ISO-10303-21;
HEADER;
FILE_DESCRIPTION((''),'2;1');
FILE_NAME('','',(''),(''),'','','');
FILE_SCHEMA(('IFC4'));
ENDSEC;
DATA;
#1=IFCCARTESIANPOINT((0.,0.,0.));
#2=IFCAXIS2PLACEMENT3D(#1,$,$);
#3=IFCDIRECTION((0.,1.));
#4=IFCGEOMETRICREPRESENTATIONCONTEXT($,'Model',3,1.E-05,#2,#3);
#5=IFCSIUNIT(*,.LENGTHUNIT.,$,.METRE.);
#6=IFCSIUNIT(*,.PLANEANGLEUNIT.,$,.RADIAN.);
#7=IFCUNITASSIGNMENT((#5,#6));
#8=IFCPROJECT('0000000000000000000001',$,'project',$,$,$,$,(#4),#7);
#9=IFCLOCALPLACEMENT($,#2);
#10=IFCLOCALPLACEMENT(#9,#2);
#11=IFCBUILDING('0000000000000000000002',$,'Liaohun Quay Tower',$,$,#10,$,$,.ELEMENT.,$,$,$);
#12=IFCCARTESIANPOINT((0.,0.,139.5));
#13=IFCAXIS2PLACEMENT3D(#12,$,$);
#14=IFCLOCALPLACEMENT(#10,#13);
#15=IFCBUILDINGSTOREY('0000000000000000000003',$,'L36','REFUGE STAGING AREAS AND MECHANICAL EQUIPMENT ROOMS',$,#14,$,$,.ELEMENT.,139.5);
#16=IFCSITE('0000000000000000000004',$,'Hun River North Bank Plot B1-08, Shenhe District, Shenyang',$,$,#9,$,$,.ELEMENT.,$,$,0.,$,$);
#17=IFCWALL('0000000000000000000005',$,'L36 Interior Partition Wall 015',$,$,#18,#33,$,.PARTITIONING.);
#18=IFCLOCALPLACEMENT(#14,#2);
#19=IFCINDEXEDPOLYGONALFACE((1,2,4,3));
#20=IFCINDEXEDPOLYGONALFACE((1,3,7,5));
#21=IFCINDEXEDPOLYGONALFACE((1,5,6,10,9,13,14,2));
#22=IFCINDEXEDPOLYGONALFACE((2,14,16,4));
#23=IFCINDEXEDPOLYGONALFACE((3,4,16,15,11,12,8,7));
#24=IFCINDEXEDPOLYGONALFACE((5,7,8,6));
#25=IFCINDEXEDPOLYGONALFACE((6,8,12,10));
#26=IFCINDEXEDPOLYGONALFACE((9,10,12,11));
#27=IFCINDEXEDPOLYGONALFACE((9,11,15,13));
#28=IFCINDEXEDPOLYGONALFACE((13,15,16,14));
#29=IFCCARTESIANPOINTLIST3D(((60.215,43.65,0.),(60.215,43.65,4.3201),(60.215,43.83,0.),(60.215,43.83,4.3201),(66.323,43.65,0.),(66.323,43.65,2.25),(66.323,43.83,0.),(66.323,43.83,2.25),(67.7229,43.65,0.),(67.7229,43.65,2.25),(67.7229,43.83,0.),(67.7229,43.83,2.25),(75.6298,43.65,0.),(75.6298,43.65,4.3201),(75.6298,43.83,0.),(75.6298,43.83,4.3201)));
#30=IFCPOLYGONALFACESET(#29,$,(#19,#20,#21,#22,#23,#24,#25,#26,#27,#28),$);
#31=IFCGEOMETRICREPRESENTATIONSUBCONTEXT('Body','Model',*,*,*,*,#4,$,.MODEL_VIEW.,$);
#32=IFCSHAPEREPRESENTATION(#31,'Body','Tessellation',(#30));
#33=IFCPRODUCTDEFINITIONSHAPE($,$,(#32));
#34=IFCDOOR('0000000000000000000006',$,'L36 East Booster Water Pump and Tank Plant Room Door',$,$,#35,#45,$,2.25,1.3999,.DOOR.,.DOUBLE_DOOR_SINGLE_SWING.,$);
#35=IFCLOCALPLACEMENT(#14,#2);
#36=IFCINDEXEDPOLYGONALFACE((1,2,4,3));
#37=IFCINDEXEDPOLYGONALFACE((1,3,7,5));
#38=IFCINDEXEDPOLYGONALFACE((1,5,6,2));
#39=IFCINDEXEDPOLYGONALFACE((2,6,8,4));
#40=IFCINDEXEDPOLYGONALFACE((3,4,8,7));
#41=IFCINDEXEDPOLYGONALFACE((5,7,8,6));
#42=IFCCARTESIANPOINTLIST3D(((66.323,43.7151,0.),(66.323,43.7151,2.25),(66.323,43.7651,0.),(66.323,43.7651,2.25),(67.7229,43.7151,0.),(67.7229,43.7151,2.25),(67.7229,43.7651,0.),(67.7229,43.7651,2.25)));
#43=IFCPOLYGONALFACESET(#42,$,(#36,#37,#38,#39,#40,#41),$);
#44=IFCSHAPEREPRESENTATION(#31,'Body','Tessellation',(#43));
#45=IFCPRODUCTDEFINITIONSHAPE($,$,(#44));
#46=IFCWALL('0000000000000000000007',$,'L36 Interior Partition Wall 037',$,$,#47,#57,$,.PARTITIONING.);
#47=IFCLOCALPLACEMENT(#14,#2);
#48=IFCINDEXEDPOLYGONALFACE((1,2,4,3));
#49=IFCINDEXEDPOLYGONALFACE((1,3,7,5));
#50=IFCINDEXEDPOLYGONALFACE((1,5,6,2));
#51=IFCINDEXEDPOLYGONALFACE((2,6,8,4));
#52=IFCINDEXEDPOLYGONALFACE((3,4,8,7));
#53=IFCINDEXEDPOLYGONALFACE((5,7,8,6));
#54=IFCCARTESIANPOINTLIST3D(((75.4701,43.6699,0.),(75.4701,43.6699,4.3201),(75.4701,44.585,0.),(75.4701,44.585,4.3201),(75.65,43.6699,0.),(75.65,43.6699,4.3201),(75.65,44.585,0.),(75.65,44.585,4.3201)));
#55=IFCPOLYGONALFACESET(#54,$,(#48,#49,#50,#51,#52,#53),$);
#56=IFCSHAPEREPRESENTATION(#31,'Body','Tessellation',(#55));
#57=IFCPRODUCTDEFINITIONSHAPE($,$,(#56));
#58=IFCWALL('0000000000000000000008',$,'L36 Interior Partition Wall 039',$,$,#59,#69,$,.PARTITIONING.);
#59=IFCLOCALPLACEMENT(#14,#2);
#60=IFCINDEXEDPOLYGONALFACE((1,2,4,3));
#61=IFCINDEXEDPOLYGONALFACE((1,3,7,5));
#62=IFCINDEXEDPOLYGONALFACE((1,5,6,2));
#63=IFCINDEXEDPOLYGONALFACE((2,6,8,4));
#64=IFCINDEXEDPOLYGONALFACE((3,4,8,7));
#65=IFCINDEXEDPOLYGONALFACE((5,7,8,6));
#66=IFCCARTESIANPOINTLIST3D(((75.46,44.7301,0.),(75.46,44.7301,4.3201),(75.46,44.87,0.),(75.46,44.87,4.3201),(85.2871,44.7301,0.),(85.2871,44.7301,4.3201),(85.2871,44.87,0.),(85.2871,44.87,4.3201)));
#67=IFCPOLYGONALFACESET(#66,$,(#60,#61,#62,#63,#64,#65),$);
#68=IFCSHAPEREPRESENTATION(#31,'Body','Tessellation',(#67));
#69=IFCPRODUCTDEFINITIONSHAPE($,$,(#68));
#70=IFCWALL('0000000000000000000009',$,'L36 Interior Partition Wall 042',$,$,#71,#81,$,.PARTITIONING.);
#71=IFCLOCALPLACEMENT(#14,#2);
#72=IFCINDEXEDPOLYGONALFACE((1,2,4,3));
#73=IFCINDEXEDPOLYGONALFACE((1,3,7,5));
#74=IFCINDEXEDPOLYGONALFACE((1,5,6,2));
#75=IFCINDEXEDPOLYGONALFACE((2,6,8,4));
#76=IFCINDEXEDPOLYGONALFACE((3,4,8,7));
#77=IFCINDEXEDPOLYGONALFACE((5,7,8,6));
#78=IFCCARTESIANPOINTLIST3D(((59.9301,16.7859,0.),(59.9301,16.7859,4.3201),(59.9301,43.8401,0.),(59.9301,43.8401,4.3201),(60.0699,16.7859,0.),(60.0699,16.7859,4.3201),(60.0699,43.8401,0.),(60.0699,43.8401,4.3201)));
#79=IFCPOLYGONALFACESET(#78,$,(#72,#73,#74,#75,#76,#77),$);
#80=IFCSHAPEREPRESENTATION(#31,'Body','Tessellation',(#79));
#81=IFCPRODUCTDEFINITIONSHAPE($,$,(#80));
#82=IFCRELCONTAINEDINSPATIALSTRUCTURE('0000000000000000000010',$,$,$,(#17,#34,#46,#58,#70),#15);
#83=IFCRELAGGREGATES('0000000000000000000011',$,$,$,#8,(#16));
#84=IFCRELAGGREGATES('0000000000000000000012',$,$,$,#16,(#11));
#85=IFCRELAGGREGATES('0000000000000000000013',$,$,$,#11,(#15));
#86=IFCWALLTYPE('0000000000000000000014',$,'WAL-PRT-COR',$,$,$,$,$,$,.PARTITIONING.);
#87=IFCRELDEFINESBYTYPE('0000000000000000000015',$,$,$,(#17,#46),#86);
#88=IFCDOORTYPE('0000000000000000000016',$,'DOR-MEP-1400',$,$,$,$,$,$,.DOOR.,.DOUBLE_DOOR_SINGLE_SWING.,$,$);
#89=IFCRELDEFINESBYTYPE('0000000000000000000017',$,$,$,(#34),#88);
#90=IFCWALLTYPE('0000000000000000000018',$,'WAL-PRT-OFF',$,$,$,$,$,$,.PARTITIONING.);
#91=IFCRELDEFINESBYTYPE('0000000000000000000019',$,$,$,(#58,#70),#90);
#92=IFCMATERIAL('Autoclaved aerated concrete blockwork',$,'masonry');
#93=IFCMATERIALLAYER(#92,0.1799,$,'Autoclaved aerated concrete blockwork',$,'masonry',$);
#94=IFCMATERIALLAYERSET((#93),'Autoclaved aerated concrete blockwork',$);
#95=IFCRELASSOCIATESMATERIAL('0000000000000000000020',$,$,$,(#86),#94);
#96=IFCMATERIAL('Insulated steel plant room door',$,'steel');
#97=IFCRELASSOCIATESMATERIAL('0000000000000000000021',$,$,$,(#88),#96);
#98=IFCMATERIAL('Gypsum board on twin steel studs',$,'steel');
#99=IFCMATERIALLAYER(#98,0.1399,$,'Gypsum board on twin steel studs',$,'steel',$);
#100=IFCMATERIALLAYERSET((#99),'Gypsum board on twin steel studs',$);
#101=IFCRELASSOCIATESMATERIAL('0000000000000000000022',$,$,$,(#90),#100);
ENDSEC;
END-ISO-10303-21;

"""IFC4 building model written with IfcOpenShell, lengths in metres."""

from ifc_helpers import new_model, si_unit, direction, frame, frame_2d, origin, place, context, subcontext, project, spatial, rectangle, extrude, source, transform, mapped, material, layer, layer_set, type_object, element, fill, save


model = new_model("IFC4")

# Units and contexts
model_context = context("Model", 3, precision=1e-05, world=origin(), true_north=direction((0.0, 1.0)))
body_context = subcontext(model_context, "Body", "Model", "MODEL_VIEW")
ifc_project = project(units=[si_unit("LENGTHUNIT", "METRE"), si_unit("PLANEANGLEUNIT", "RADIAN")], contexts=[model_context])

# Site, building, storey
site_placement = place(None, origin())
site = spatial("IfcSite", under=ifc_project, at=site_placement, Name="Hun River North Bank Plot B1-08, Shenhe District, Shenyang", CompositionType="ELEMENT", RefElevation=0.0)
building_placement = place(site_placement, origin())
building = spatial("IfcBuilding", under=site, at=building_placement, Name="Liaohun Quay Tower", CompositionType="ELEMENT")
storey_placement = place(building_placement, frame((0.0, 0.0, 139.5)))
storey = spatial("IfcBuildingStorey", under=building, at=storey_placement, Name="L36", Description="REFUGE STAGING AREAS AND MECHANICAL EQUIPMENT ROOMS", CompositionType="ELEMENT", Elevation=139.5)

# Wall, opening, door
ifc_material_1 = material(Name="Autoclaved aerated concrete blockwork", Category="masonry")
ifc_layer_1 = layer(ifc_material_1, 0.1799, Name="Autoclaved aerated concrete blockwork", Category="masonry")
ifc_layer_set_1 = layer_set([ifc_layer_1], Name="Autoclaved aerated concrete blockwork")
wall_type_1 = type_object("IfcWallType", Name="WAL-PRT-COR", PredefinedType="PARTITIONING", material=ifc_layer_set_1)
wall_1_placement = place(storey_placement, frame((75.6299, 43.74, 0.0), z_axis=(0.0, 0.0, 1.0), x_axis=(-1.0, 0.0, 0.0)))
wall_1 = element("IfcWall", 1, at=wall_1_placement, inside=storey, type_object=wall_type_1, Name="L36 Interior Partition Wall 015", PredefinedType="PARTITIONING", context=body_context, shape_type="SweptSolid", body=[
    extrude(rectangle(XDim=15.4148, YDim=0.1799, at=frame_2d((7.7075, 0.0))), origin(), (0.0, 0.0, 1.0), 4.3201),
])
shared_shape_1 = source(origin(), body_context, "Body", "SweptSolid", [
    extrude(rectangle(XDim=1.3999, YDim=2.25, at=frame_2d((0.7, 1.125))), frame((0.0, 0.0999, 0.0), z_axis=(0.0, -1.0, 0.0), x_axis=(1.0, 0.0, 0.0)), (0.0, 0.0, 1.0), 0.2),
])
opening_1_placement = place(wall_1_placement, frame((7.907, 0.0, 0.0)))
opening_1 = element("IfcOpeningElement", 2, at=opening_1_placement, cuts=wall_1, PredefinedType="OPENING", context=body_context, shape_type="MappedRepresentation", body=[
    mapped(shared_shape_1, transform((0.0, 0.0, 0.0), x_axis=(1.0, 0.0, 0.0), y_axis=(0.0, 1.0, 0.0), z_axis=(0.0, 0.0, 1.0), scale=1.0)),
])
ifc_material_2 = material(Name="Insulated steel plant room door", Category="steel")
door_type_1 = type_object("IfcDoorType", Name="DOR-MEP-1400", OperationType="DOUBLE_DOOR_SINGLE_SWING", PredefinedType="DOOR", material=ifc_material_2)
shared_shape_2 = source(origin(), body_context, "Body", "SweptSolid", [
    extrude(rectangle(XDim=1.3999, YDim=2.25, at=frame_2d((0.7, 1.125))), frame((0.0, 0.0249, 0.0), z_axis=(0.0, -1.0, 0.0), x_axis=(1.0, 0.0, 0.0)), (0.0, 0.0, 1.0), 0.05),
])
door_1_placement = place(opening_1_placement, origin())
door_1 = element("IfcDoor", 3, at=door_1_placement, inside=storey, type_object=door_type_1, Name="L36 East Booster Water Pump and Tank Plant Room Door", OperationType="DOUBLE_DOOR_SINGLE_SWING", OverallHeight=2.25, OverallWidth=1.3999, PredefinedType="DOOR", context=body_context, shape_type="MappedRepresentation", body=[
    mapped(shared_shape_2, transform((0.0, 0.0, 0.0), x_axis=(1.0, 0.0, 0.0), y_axis=(0.0, 1.0, 0.0), z_axis=(0.0, 0.0, 1.0), scale=1.0)),
])
fill(opening_1, door_1)

# Walls
wall_2_placement = place(storey_placement, frame((75.5601, 44.585, 0.0), z_axis=(0.0, 0.0, 1.0), x_axis=(0.0, -1.0, 0.0)))
element("IfcWall", 4, at=wall_2_placement, inside=storey, type_object=wall_type_1, Name="L36 Interior Partition Wall 037", PredefinedType="PARTITIONING", context=body_context, shape_type="SweptSolid", body=[
    extrude(rectangle(XDim=0.915, YDim=0.1799, at=frame_2d((0.4575, 0.0))), origin(), (0.0, 0.0, 1.0), 4.3201),
])
ifc_material_3 = material(Name="Gypsum board on twin steel studs", Category="steel")
ifc_layer_2 = layer(ifc_material_3, 0.1399, Name="Gypsum board on twin steel studs", Category="steel")
ifc_layer_set_2 = layer_set([ifc_layer_2], Name="Gypsum board on twin steel studs")
wall_type_2 = type_object("IfcWallType", Name="WAL-PRT-OFF", PredefinedType="PARTITIONING", material=ifc_layer_set_2)
wall_3_placement = place(storey_placement, frame((75.46, 44.8, 0.0), z_axis=(0.0, 0.0, 1.0), x_axis=(1.0, 0.0, 0.0)))
element("IfcWall", 5, at=wall_3_placement, inside=storey, type_object=wall_type_2, Name="L36 Interior Partition Wall 039", PredefinedType="PARTITIONING", context=body_context, shape_type="SweptSolid", body=[
    extrude(rectangle(XDim=9.8271, YDim=0.1399, at=frame_2d((4.9136, 0.0))), origin(), (0.0, 0.0, 1.0), 4.3201),
])
wall_4_placement = place(storey_placement, frame((60.0, 43.8401, 0.0), z_axis=(0.0, 0.0, 1.0), x_axis=(0.0, -1.0, 0.0)))
element("IfcWall", 6, at=wall_4_placement, inside=storey, type_object=wall_type_2, Name="L36 Interior Partition Wall 042", PredefinedType="PARTITIONING", context=body_context, shape_type="SweptSolid", body=[
    extrude(rectangle(XDim=27.0542, YDim=0.1399, at=frame_2d((13.5271, 0.0))), origin(), (0.0, 0.0, 1.0), 4.3201),
])

save(model, "model.ifc")
